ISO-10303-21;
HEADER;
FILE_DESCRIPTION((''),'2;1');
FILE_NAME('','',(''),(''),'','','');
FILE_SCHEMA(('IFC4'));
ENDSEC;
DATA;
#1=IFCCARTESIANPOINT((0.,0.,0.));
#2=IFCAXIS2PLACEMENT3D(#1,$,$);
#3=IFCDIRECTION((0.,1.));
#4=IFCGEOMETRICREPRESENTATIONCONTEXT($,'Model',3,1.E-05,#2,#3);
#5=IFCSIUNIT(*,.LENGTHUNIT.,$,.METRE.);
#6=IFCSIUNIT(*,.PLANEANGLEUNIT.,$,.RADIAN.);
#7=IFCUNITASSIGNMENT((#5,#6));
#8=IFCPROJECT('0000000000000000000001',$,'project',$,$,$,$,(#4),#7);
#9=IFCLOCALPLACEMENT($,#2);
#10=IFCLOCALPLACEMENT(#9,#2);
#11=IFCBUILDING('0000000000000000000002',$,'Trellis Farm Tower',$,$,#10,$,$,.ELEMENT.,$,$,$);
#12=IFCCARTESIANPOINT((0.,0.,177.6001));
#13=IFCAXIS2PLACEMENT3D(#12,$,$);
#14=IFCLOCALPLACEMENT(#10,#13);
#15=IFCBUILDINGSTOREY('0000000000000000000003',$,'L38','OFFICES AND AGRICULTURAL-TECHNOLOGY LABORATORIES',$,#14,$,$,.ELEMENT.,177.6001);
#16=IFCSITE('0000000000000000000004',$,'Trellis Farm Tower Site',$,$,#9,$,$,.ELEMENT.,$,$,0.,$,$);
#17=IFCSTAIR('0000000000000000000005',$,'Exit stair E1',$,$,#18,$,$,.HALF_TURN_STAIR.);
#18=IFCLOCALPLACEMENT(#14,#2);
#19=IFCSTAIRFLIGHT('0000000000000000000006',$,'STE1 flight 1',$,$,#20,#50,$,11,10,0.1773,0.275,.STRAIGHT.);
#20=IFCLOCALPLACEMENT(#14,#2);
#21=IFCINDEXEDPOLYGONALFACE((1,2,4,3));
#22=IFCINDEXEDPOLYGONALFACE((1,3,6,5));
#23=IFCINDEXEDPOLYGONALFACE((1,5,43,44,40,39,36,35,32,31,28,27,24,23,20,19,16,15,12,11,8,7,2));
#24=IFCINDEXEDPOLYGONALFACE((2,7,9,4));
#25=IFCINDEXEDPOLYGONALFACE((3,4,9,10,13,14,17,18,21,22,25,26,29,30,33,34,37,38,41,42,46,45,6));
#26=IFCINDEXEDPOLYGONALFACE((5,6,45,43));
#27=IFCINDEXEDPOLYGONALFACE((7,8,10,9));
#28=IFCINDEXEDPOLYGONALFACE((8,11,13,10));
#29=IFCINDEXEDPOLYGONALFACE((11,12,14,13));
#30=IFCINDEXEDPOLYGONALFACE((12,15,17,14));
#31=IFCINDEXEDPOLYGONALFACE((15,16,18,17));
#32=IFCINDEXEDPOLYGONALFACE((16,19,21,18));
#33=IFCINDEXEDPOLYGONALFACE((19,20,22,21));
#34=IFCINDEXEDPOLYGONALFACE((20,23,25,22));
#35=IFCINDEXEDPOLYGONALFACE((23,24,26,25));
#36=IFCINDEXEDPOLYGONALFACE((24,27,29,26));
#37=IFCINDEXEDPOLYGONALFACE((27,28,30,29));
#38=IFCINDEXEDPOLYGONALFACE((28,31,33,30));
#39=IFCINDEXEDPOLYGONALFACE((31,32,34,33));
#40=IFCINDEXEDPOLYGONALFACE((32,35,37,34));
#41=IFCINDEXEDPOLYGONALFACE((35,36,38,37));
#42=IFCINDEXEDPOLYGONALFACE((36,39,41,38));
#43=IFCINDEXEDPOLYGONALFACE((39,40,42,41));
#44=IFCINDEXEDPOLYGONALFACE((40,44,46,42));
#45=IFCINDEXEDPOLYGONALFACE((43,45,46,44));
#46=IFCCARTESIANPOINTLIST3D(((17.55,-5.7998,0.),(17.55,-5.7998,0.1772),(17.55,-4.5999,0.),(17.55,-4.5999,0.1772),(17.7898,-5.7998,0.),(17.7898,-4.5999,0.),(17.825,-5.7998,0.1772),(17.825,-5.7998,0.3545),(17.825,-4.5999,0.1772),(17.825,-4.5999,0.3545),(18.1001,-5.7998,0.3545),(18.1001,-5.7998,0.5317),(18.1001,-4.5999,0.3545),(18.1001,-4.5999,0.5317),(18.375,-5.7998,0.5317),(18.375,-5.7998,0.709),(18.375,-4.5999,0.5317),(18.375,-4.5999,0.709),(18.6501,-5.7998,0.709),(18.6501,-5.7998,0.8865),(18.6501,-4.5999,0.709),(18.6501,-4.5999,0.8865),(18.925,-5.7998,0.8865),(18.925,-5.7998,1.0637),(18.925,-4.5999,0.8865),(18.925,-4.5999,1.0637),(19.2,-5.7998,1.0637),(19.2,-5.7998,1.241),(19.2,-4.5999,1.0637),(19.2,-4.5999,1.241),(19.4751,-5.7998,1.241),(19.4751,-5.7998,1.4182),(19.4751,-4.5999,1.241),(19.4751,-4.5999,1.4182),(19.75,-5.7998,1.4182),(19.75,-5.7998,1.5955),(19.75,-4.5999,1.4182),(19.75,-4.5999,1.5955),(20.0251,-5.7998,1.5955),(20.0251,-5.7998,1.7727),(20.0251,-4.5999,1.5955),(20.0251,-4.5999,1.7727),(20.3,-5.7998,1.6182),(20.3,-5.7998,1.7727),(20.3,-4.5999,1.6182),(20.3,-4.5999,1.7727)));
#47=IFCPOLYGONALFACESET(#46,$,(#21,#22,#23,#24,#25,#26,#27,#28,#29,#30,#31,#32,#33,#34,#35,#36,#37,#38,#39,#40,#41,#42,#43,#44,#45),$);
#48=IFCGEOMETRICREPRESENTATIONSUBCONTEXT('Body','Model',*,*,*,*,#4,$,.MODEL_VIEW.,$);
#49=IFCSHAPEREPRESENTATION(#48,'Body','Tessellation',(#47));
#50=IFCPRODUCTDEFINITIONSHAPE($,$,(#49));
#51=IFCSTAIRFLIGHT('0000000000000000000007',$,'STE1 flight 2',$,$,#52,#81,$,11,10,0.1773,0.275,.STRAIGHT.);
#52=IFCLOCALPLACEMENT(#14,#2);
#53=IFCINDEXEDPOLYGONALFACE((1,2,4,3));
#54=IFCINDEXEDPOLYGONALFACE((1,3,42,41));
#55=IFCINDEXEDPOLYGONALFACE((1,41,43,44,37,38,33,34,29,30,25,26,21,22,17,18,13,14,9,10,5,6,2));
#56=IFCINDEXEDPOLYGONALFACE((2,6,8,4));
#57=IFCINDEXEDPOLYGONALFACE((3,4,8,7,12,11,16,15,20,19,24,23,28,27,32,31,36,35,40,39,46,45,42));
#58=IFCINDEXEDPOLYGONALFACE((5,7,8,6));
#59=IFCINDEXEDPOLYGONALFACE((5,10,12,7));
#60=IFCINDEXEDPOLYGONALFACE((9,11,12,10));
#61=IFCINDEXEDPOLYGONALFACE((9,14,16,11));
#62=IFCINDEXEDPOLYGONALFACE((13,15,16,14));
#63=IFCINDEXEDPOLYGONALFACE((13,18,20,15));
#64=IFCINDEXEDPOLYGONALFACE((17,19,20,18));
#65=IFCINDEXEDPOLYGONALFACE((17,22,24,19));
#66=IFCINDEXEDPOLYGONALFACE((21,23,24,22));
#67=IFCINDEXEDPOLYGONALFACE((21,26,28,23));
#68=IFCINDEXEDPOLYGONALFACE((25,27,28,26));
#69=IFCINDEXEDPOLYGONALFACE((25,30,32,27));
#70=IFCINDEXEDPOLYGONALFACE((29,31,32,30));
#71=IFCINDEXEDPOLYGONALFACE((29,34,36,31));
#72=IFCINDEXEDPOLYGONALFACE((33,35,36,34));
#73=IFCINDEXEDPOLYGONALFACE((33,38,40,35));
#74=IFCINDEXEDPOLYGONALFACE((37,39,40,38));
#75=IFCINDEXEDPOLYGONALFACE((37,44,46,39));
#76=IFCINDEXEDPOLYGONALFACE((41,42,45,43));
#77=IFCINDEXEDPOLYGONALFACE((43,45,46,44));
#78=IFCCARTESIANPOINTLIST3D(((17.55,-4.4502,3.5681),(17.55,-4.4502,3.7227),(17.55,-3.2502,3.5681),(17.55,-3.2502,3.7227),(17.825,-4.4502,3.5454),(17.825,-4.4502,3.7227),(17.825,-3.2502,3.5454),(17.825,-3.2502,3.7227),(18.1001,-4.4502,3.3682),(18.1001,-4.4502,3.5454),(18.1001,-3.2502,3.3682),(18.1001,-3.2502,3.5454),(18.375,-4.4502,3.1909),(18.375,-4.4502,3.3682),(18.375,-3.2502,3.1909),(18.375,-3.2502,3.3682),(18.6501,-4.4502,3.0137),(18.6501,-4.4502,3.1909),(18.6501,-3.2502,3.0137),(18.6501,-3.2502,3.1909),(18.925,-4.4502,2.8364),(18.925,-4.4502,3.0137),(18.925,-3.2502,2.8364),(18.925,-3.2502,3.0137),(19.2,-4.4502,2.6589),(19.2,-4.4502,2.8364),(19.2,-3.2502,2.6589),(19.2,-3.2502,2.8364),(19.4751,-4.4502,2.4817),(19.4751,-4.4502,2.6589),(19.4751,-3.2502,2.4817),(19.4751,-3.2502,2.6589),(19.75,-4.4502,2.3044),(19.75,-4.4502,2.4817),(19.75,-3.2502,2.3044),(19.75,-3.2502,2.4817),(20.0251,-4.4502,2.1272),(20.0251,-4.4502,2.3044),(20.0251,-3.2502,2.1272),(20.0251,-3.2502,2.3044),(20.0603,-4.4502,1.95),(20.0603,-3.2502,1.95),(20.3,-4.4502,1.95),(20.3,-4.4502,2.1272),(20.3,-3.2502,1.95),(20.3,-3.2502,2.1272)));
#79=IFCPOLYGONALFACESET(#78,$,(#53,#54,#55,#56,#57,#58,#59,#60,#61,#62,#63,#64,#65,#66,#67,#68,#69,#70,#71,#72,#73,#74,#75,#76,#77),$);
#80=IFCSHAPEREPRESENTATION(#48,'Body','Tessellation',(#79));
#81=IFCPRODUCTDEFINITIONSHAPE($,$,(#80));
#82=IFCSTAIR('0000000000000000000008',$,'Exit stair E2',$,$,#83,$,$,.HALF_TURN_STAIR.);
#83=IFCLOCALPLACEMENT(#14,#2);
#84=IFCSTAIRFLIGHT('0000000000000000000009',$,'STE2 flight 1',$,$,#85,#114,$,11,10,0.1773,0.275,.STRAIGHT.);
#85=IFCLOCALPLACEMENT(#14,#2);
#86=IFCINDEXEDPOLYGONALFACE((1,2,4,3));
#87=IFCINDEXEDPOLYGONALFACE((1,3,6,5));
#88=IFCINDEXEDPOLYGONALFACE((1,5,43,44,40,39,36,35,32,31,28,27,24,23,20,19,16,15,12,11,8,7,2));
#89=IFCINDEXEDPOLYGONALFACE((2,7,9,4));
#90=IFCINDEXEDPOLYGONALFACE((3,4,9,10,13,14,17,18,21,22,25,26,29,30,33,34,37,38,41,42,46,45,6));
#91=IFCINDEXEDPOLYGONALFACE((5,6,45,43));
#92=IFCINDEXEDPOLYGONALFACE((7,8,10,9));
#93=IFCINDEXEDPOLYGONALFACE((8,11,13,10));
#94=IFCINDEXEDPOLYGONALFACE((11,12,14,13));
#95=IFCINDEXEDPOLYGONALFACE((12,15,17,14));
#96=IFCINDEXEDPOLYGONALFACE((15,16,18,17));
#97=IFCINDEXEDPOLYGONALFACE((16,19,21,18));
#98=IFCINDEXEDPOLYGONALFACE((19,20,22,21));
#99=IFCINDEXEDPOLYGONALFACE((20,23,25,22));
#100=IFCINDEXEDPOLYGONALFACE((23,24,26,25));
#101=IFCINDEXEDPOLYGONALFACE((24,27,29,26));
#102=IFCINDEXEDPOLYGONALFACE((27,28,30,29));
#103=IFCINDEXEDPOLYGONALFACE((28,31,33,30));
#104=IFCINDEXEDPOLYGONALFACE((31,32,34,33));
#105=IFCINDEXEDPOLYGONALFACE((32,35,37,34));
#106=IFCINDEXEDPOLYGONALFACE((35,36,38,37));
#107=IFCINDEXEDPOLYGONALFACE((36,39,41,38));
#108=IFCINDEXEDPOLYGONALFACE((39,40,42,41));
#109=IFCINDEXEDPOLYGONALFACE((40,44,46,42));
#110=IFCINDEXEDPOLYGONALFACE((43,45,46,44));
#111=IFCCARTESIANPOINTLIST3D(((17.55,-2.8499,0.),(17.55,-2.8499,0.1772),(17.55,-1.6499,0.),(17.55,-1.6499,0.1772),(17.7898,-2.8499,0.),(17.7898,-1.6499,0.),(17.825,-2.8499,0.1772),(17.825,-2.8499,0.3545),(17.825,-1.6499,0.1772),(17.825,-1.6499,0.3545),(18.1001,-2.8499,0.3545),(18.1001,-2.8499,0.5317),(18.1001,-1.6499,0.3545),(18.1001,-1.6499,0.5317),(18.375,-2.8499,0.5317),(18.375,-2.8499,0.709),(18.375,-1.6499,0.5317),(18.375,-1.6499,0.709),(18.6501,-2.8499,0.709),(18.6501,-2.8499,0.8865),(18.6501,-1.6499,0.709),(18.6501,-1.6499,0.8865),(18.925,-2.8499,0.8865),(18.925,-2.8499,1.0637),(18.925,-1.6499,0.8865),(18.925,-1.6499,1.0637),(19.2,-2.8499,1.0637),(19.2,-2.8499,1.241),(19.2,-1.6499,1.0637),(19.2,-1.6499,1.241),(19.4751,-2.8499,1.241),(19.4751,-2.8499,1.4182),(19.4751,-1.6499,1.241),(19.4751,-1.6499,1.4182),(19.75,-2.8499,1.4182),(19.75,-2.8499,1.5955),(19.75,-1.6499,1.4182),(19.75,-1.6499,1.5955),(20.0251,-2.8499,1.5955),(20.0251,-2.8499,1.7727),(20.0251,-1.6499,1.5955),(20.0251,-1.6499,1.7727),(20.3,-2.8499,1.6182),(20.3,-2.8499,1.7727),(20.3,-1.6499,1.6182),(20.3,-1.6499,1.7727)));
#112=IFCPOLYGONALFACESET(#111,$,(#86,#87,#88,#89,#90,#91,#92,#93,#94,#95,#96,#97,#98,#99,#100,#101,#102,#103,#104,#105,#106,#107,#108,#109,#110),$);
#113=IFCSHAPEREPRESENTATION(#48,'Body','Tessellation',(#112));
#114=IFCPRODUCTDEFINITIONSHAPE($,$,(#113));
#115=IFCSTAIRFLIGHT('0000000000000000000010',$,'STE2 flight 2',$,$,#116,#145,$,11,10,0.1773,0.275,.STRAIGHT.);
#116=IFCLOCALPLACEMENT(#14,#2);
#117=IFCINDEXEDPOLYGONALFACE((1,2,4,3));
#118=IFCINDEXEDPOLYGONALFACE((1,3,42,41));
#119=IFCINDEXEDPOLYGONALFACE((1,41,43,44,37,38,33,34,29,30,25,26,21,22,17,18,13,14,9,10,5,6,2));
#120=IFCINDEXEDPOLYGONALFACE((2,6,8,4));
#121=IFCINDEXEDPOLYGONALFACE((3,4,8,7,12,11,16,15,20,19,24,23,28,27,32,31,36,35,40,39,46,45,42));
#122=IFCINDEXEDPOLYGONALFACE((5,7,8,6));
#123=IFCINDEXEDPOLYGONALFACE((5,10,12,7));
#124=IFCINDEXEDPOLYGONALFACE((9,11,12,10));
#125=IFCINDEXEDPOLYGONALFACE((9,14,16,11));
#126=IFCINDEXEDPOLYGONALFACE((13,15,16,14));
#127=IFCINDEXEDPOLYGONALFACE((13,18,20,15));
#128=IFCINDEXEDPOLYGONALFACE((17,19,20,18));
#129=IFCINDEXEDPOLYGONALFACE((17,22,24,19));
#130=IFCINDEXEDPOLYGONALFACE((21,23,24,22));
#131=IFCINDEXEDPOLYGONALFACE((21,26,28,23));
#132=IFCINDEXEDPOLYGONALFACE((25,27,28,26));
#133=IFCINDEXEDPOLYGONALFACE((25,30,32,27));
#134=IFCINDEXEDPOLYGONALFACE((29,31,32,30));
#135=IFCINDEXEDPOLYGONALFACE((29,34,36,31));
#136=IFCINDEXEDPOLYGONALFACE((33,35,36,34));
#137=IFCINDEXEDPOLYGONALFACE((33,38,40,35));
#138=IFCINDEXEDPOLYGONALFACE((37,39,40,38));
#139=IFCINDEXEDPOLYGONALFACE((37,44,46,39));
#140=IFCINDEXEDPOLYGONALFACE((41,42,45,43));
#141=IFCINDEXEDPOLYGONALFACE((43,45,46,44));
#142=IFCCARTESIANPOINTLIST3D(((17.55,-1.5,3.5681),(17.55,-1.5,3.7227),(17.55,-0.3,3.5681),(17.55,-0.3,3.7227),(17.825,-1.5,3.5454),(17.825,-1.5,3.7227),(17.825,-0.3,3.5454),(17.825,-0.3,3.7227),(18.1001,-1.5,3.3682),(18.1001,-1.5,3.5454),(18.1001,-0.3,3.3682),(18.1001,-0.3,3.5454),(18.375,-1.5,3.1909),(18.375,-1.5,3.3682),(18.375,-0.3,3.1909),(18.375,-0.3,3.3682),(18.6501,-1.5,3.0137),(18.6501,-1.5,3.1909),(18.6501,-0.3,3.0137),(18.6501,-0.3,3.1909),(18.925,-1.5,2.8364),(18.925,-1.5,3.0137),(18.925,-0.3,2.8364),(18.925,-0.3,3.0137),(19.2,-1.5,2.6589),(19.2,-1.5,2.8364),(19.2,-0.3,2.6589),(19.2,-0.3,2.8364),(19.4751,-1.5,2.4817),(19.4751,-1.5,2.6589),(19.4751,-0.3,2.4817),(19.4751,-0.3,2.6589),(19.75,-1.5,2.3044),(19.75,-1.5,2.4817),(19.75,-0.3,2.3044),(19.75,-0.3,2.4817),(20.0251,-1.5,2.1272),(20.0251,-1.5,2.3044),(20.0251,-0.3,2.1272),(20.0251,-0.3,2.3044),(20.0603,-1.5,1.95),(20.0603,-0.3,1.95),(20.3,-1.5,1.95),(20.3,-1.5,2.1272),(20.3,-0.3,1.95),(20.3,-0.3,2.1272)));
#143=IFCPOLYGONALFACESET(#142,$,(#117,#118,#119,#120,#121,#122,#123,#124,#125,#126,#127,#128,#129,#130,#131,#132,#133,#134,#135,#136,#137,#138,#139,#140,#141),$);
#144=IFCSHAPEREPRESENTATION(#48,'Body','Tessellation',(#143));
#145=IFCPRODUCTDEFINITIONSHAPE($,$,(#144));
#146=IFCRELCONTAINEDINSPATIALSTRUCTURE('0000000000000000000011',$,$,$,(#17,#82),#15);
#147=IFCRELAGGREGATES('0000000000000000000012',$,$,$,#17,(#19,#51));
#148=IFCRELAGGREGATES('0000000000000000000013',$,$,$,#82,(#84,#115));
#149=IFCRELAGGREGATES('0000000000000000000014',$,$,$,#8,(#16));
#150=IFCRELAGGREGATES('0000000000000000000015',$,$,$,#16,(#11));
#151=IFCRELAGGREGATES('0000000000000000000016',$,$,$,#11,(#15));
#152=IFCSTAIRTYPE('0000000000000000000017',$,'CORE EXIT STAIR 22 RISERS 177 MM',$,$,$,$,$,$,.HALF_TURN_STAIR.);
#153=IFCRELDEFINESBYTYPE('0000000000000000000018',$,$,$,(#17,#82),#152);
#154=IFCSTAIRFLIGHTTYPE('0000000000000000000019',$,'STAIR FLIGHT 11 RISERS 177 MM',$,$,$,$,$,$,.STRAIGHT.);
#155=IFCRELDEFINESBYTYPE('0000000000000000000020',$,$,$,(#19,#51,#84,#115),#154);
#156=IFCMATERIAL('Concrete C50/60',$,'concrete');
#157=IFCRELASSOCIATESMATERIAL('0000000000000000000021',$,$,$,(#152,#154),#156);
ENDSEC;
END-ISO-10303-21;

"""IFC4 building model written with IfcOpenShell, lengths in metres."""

from ifc_helpers import new_model, si_unit, direction, frame, origin, place, context, subcontext, project, spatial, polyline, outline, extrude, source, transform, mapped, material, type_object, element, aggregate, save


model = new_model("IFC4")

# Units and contexts
model_context = context("Model", 3, precision=1e-05, world=origin(), true_north=direction((0.0, 1.0)))
body_context = subcontext(model_context, "Body", "Model", "MODEL_VIEW")
ifc_project = project(units=[si_unit("LENGTHUNIT", "METRE"), si_unit("PLANEANGLEUNIT", "RADIAN")], contexts=[model_context])

# Site, building, storey
site_placement = place(None, origin())
site = spatial("IfcSite", under=ifc_project, at=site_placement, Name="Trellis Farm Tower Site", CompositionType="ELEMENT", RefElevation=0.0)
building_placement = place(site_placement, origin())
building = spatial("IfcBuilding", under=site, at=building_placement, Name="Trellis Farm Tower", CompositionType="ELEMENT")
storey_placement = place(building_placement, frame((0.0, 0.0, 177.6001)))
storey = spatial("IfcBuildingStorey", under=building, at=storey_placement, Name="L38", Description="OFFICES AND AGRICULTURAL-TECHNOLOGY LABORATORIES", CompositionType="ELEMENT", Elevation=177.6001)

# Shared definitions
placement = place(storey_placement, origin())

# Stairs, stair flights
ifc_material_1 = material(Name="Concrete C50/60", Category="concrete")
stair_type = type_object("IfcStairType", Name="CORE EXIT STAIR 22 RISERS 177 MM", PredefinedType="HALF_TURN_STAIR", material=ifc_material_1)
stair_1 = element("IfcStair", 1, at=placement, inside=storey, type_object=stair_type, Name="Exit stair E1", PredefinedType="HALF_TURN_STAIR")
stair_flight_type = type_object("IfcStairFlightType", Name="STAIR FLIGHT 11 RISERS 177 MM", PredefinedType="STRAIGHT", material=ifc_material_1)
shared_shape_1 = source(origin(), body_context, "Body", "SweptSolid", [
    extrude(outline(polyline([(0.0, 0.0), (0.0, 0.1772), (0.2749, 0.1772), (0.2749, 0.3545), (0.55, 0.3545), (0.55, 0.5317), (0.825, 0.5317), (0.825, 0.709), (1.1001, 0.709), (1.1001, 0.8865), (1.375, 0.8865), (1.375, 1.0637), (1.6499, 1.0637), (1.6499, 1.241), (1.925, 1.241), (1.925, 1.4182), (2.2, 1.4182), (2.2, 1.5955), (2.4751, 1.5955), (2.4751, 1.7727), (2.75, 1.7727), (2.75, 1.95), (2.75, 1.6182), (0.2397, 0.0), (0.0, 0.0)])), frame((0.0, 0.6001, 0.0), z_axis=(0.0, -1.0, 0.0), x_axis=(1.0, 0.0, 0.0)), (0.0, 0.0, 1.0), 1.2),
])
stair_flight_1_placement = place(storey_placement, frame((17.55, -5.2, 0.0), z_axis=(0.0, 0.0, 1.0), x_axis=(1.0, 0.0, 0.0)))
stair_flight_1 = element("IfcStairFlight", 2, at=stair_flight_1_placement, type_object=stair_flight_type, Name="STE1 flight 1", NumberOfRisers=11, NumberOfTreads=10, PredefinedType="STRAIGHT", RiserHeight=0.1773, TreadLength=0.275, context=body_context, shape_type="MappedRepresentation", body=[
    mapped(shared_shape_1, transform((0.0, 0.0, 0.0))),
])
stair_flight_2_placement = place(storey_placement, frame((20.3, -3.8501, 1.95), z_axis=(0.0, 0.0, 1.0), x_axis=(-1.0, 0.0, 0.0)))
stair_flight_2 = element("IfcStairFlight", 3, at=stair_flight_2_placement, type_object=stair_flight_type, Name="STE1 flight 2", NumberOfRisers=11, NumberOfTreads=10, PredefinedType="STRAIGHT", RiserHeight=0.1773, TreadLength=0.275, context=body_context, shape_type="MappedRepresentation", body=[
    mapped(shared_shape_1, transform((0.0, 0.0, 0.0))),
])
aggregate(stair_1, [stair_flight_1, stair_flight_2])
stair_2 = element("IfcStair", 4, at=placement, inside=storey, type_object=stair_type, Name="Exit stair E2", PredefinedType="HALF_TURN_STAIR")
stair_flight_3_placement = place(storey_placement, frame((17.55, -2.25, 0.0), z_axis=(0.0, 0.0, 1.0), x_axis=(1.0, 0.0, 0.0)))
stair_flight_3 = element("IfcStairFlight", 5, at=stair_flight_3_placement, type_object=stair_flight_type, Name="STE2 flight 1", NumberOfRisers=11, NumberOfTreads=10, PredefinedType="STRAIGHT", RiserHeight=0.1773, TreadLength=0.275, context=body_context, shape_type="MappedRepresentation", body=[
    mapped(shared_shape_1, transform((0.0, 0.0, 0.0))),
])
stair_flight_4_placement = place(storey_placement, frame((20.3, -0.8999, 1.95), z_axis=(0.0, 0.0, 1.0), x_axis=(-1.0, 0.0, 0.0)))
stair_flight_4 = element("IfcStairFlight", 6, at=stair_flight_4_placement, type_object=stair_flight_type, Name="STE2 flight 2", NumberOfRisers=11, NumberOfTreads=10, PredefinedType="STRAIGHT", RiserHeight=0.1773, TreadLength=0.275, context=body_context, shape_type="MappedRepresentation", body=[
    mapped(shared_shape_1, transform((0.0, 0.0, 0.0))),
])
aggregate(stair_2, [stair_flight_3, stair_flight_4])

save(model, "model.ifc")
